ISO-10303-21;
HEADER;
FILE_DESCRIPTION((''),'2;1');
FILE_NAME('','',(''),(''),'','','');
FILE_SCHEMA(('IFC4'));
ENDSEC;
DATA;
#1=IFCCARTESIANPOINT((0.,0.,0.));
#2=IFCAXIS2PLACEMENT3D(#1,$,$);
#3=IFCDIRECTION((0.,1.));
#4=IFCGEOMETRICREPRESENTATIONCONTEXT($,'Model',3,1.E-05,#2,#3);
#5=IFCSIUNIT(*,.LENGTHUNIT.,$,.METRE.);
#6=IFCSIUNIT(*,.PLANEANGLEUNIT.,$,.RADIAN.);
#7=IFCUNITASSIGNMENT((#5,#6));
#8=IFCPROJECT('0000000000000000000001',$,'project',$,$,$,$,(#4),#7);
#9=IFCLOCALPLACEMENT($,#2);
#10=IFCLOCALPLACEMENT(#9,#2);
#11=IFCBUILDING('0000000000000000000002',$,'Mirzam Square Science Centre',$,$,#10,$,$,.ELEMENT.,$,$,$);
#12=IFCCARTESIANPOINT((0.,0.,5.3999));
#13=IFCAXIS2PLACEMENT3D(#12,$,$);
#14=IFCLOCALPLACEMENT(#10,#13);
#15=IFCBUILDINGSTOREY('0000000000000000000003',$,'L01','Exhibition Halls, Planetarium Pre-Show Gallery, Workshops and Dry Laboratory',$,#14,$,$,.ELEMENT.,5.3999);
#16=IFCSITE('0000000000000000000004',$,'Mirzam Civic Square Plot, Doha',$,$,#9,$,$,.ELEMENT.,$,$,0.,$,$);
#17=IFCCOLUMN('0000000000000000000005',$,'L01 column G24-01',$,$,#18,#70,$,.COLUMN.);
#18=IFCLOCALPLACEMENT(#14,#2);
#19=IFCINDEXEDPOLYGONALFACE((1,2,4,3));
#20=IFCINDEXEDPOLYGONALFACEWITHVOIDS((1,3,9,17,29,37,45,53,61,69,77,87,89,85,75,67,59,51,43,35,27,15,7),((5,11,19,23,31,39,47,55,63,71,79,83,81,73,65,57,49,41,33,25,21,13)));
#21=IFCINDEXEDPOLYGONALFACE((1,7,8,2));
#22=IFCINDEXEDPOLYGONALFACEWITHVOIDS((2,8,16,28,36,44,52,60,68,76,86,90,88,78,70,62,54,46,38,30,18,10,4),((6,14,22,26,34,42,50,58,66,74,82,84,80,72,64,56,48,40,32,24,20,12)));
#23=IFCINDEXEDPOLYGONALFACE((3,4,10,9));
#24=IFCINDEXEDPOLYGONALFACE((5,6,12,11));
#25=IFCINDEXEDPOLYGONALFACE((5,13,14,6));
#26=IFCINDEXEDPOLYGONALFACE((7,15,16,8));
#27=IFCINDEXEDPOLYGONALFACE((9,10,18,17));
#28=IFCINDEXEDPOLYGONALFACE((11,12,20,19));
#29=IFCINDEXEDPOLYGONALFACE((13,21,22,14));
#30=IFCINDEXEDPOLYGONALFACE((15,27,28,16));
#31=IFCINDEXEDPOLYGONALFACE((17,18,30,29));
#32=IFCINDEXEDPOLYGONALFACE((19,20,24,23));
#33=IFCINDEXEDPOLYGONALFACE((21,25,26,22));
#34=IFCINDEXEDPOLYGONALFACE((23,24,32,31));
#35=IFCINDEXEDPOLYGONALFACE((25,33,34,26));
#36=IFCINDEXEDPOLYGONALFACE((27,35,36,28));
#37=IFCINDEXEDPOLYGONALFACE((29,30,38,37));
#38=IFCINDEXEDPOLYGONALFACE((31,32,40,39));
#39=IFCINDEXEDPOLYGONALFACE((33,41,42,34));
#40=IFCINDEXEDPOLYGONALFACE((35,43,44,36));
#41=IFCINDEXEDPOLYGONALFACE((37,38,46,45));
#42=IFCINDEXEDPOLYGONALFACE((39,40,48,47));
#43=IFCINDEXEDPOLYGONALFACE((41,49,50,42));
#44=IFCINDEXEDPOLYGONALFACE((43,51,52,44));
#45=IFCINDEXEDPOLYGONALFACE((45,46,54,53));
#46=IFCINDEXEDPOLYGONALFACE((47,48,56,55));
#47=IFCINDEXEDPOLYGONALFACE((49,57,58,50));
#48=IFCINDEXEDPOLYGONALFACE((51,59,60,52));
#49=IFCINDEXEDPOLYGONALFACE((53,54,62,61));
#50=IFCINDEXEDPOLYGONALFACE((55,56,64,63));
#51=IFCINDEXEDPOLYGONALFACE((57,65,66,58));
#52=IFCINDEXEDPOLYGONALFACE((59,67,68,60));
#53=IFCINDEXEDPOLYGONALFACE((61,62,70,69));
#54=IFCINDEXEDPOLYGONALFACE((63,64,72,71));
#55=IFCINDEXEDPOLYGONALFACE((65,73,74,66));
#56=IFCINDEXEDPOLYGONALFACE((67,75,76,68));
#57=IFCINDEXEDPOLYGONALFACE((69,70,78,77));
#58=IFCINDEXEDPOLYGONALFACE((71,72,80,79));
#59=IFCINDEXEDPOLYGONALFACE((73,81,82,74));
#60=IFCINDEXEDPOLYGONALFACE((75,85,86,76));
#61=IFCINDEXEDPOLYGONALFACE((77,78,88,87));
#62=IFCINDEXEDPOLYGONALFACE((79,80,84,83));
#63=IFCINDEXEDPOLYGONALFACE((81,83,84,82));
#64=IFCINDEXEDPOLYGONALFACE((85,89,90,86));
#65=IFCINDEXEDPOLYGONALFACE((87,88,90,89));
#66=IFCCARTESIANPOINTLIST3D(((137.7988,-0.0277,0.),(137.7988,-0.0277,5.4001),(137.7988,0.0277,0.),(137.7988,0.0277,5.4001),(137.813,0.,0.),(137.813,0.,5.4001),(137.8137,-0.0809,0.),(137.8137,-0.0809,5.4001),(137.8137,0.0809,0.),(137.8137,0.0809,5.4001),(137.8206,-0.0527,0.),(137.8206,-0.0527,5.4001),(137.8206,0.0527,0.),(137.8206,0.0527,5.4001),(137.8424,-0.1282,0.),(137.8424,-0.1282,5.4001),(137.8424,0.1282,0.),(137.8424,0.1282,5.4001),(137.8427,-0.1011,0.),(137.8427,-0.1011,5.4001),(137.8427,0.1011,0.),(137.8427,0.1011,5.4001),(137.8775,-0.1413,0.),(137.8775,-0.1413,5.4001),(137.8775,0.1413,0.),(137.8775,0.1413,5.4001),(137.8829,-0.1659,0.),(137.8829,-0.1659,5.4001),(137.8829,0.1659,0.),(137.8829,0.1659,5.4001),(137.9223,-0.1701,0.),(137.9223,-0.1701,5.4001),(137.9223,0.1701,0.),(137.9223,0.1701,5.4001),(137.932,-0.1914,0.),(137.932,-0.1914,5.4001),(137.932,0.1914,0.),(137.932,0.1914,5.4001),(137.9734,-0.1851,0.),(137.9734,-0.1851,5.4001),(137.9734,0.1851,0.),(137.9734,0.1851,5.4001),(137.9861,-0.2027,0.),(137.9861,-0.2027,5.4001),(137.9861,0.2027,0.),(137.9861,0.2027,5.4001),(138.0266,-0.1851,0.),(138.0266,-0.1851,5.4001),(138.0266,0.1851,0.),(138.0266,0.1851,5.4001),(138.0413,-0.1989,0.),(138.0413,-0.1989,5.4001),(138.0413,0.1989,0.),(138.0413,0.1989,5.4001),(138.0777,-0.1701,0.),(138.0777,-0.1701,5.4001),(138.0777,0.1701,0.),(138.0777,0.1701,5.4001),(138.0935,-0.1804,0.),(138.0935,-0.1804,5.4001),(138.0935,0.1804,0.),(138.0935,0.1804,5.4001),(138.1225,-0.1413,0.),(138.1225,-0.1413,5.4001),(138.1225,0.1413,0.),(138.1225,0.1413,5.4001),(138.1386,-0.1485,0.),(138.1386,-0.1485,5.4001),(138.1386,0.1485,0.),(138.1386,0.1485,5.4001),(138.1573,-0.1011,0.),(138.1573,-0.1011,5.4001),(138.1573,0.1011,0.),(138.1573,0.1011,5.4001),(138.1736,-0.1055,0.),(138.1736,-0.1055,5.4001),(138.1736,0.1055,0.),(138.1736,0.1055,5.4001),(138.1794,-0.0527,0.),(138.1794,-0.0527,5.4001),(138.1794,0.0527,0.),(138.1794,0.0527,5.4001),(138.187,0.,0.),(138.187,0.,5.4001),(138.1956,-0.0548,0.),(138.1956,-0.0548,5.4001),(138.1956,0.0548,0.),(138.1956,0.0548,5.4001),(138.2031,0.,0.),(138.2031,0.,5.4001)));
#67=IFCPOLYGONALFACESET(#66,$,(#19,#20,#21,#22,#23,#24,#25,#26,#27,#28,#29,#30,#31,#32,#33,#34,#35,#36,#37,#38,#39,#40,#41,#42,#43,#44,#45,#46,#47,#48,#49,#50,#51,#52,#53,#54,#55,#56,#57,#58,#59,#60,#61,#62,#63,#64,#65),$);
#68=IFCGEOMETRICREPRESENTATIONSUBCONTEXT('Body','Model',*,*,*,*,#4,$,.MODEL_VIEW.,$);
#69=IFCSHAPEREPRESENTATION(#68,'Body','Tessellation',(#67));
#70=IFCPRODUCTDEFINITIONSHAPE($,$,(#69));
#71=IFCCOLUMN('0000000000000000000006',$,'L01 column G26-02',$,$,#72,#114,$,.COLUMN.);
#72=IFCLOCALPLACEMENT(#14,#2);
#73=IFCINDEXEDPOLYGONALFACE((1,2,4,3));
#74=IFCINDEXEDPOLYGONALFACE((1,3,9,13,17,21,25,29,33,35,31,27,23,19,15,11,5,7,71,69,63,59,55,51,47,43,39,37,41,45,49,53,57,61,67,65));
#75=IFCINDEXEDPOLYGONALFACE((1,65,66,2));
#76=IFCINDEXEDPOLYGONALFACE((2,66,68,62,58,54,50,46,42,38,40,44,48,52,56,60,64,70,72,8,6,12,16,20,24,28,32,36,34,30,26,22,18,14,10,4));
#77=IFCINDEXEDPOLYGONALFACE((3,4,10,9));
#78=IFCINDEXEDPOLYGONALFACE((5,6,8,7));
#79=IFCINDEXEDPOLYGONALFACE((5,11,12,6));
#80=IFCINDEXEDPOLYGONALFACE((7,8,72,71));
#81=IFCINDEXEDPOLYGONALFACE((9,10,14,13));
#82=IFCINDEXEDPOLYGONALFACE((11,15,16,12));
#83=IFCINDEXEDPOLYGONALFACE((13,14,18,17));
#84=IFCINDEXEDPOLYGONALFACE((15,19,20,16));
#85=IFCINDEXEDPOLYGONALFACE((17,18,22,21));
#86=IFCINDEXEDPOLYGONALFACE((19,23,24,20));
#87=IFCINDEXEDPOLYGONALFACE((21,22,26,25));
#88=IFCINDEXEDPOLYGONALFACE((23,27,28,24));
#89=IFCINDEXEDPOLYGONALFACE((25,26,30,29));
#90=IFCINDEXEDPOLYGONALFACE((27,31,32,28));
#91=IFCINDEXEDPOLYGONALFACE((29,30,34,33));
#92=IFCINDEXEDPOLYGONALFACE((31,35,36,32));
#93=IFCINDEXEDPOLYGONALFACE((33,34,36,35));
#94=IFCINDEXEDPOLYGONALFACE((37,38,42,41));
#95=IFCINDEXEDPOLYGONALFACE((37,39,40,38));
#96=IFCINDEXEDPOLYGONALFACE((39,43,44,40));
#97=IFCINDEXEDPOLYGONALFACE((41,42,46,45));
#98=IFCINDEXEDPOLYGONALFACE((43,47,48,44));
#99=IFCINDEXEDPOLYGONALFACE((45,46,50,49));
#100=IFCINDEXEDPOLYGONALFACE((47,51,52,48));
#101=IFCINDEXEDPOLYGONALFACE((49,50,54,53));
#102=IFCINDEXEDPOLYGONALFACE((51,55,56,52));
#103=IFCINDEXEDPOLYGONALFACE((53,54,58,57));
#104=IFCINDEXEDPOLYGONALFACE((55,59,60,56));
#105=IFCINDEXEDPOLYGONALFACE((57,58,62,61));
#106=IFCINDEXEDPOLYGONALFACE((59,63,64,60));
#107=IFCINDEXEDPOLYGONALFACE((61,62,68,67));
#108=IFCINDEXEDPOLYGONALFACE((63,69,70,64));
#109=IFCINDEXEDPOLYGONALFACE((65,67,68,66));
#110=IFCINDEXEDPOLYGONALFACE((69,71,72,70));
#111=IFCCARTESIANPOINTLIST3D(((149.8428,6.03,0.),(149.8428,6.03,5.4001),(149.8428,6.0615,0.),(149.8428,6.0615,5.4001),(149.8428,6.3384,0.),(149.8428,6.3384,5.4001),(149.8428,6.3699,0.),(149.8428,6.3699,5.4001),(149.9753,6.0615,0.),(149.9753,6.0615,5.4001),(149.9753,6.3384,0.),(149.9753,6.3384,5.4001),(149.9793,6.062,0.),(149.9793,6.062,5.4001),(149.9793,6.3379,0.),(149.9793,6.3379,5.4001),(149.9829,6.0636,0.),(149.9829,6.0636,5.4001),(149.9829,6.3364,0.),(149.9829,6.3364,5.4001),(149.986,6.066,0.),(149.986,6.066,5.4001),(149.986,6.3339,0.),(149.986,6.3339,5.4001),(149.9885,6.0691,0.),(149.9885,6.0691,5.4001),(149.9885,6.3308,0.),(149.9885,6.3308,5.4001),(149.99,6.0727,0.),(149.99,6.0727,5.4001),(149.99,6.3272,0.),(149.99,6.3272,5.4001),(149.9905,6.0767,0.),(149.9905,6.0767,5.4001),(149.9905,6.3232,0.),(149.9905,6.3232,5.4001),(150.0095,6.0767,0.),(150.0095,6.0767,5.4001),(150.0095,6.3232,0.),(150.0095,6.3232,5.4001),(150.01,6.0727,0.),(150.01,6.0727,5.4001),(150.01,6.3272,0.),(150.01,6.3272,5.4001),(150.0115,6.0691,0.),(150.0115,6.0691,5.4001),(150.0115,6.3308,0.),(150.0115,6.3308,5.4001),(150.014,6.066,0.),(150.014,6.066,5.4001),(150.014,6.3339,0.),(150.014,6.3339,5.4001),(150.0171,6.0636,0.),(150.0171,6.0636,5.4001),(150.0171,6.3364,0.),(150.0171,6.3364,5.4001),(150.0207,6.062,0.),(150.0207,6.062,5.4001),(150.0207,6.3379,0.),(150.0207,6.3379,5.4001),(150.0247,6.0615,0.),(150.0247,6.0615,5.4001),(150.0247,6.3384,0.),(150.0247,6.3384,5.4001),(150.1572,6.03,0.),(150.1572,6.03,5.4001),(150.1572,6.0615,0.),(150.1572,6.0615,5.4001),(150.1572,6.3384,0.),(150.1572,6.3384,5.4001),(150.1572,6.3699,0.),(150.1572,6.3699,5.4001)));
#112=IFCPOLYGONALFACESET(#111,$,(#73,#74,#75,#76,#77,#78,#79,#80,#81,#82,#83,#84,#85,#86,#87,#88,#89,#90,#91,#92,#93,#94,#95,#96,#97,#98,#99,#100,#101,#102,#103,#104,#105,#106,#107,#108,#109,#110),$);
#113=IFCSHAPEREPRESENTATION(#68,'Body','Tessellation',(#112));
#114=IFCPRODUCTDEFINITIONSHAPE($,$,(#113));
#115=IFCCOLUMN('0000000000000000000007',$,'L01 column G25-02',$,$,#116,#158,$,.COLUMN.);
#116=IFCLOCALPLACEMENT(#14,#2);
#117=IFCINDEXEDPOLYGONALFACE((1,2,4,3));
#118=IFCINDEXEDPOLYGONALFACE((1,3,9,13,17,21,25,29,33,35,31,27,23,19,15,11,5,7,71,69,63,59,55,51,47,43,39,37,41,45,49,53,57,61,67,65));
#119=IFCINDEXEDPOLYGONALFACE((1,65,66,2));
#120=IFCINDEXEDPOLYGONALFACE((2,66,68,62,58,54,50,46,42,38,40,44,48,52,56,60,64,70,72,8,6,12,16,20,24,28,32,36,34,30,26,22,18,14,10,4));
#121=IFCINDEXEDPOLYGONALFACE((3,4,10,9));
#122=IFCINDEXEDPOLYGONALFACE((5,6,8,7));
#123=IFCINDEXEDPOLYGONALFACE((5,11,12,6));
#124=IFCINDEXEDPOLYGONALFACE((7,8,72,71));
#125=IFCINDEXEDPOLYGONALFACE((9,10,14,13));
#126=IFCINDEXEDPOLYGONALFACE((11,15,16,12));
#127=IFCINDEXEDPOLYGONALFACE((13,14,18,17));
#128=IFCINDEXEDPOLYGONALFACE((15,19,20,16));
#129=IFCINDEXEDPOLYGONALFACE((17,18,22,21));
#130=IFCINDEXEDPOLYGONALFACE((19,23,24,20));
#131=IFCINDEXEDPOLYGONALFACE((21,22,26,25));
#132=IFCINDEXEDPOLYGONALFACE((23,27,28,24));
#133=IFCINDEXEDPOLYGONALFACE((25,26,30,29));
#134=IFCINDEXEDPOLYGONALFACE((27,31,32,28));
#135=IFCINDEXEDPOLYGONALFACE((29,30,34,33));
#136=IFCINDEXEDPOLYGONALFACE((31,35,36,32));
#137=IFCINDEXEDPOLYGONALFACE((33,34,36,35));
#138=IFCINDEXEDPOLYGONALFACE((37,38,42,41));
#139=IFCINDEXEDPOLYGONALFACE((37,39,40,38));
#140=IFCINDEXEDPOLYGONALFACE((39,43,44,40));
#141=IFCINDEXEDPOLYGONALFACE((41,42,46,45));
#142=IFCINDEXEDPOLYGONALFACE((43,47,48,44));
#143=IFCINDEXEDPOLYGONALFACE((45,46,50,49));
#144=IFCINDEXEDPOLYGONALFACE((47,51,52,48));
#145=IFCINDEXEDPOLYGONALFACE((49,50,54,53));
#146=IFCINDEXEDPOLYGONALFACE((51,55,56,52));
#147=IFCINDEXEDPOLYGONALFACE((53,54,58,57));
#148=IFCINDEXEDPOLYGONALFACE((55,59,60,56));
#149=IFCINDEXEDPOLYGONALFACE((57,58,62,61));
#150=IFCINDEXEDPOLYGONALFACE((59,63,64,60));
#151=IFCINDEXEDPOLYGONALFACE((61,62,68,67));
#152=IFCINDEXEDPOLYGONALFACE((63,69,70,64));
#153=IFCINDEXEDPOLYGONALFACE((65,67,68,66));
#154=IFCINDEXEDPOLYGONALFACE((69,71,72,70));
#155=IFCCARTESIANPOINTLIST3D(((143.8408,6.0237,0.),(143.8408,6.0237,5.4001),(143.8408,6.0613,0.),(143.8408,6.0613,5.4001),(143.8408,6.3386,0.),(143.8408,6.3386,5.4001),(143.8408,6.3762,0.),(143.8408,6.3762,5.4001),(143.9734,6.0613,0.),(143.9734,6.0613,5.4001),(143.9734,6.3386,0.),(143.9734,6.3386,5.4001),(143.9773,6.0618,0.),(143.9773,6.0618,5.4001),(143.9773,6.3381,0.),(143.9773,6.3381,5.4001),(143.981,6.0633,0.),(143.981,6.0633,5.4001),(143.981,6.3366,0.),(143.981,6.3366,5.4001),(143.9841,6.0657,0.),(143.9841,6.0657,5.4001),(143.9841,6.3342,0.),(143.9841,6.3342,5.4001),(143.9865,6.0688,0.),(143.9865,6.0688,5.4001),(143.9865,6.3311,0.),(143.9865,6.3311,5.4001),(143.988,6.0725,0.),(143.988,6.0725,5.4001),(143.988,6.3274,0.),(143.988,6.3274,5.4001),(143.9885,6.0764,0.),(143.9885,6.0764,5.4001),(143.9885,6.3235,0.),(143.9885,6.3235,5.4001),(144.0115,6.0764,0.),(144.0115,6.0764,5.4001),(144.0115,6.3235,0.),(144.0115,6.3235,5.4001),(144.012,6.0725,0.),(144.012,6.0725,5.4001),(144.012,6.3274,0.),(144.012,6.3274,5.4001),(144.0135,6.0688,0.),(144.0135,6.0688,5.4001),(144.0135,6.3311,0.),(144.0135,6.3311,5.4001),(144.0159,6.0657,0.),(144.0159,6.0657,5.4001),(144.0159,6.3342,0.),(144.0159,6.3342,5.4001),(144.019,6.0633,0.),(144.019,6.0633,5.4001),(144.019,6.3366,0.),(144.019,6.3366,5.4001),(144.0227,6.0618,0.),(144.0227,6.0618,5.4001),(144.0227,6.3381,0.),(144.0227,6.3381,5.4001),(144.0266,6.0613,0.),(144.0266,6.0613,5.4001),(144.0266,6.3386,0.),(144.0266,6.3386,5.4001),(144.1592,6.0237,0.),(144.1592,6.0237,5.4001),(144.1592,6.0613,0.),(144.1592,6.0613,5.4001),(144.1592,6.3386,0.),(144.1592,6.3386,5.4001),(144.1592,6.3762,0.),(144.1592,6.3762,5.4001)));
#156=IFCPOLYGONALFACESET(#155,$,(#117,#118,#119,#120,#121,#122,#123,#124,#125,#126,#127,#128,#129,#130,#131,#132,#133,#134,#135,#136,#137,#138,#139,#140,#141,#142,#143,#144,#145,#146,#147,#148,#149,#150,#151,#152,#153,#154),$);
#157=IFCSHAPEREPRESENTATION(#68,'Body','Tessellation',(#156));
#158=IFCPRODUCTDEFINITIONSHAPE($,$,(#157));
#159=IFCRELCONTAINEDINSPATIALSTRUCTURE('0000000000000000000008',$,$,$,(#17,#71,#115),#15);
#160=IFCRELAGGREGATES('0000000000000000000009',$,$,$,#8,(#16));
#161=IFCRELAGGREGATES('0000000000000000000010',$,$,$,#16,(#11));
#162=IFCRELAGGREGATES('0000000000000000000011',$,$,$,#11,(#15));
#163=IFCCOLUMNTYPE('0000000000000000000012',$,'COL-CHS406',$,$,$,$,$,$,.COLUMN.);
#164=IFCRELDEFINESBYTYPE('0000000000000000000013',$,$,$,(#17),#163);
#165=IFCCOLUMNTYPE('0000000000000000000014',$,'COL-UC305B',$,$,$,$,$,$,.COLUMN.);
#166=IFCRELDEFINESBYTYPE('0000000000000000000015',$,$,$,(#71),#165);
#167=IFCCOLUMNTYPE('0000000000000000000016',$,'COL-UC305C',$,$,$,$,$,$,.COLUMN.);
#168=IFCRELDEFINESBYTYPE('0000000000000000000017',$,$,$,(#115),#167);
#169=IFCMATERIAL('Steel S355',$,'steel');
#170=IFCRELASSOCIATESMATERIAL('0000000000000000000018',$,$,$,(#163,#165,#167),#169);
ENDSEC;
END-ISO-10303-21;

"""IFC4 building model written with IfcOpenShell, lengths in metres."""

from ifc_helpers import new_model, si_unit, direction, frame, origin, origin_2d, place, context, subcontext, project, spatial, hollow_circle, i_section, extrude, material, material_profile, profile_set, type_object, element, save


model = new_model("IFC4")

# Units and contexts
model_context = context("Model", 3, precision=1e-05, world=origin(), true_north=direction((0.0, 1.0)))
body_context = subcontext(model_context, "Body", "Model", "MODEL_VIEW")
ifc_project = project(units=[si_unit("LENGTHUNIT", "METRE"), si_unit("PLANEANGLEUNIT", "RADIAN")], contexts=[model_context])

# Site, building, storey
site_placement = place(None, origin())
site = spatial("IfcSite", under=ifc_project, at=site_placement, Name="Mirzam Civic Square Plot, Doha", CompositionType="ELEMENT", RefElevation=0.0)
building_placement = place(site_placement, origin())
building = spatial("IfcBuilding", under=site, at=building_placement, Name="Mirzam Square Science Centre", CompositionType="ELEMENT")
storey_placement = place(building_placement, frame((0.0, 0.0, 5.3999)))
storey = spatial("IfcBuildingStorey", under=building, at=storey_placement, Name="L01", Description="Exhibition Halls, Planetarium Pre-Show Gallery, Workshops and Dry Laboratory", CompositionType="ELEMENT", Elevation=5.3999)

# Columns
ifc_material_1 = material(Name="Steel S355", Category="steel")
ifc_material_profile_1 = material_profile(ifc_material_1, hollow_circle(Radius=0.2031, WallThickness=0.0161, at=origin_2d()), Name="406.4x16.0CHS")
ifc_profile_set_1 = profile_set([ifc_material_profile_1], Name="Steel S355")
column_type_1 = type_object("IfcColumnType", Name="COL-CHS406", PredefinedType="COLUMN", material=ifc_profile_set_1)
column_1_placement = place(storey_placement, frame((138.0, 0.0, 0.0), z_axis=(0.0, 0.0, 1.0), x_axis=(1.0, 0.0, 0.0)))
element("IfcColumn", 1, at=column_1_placement, inside=storey, type_object=column_type_1, Name="L01 column G24-01", PredefinedType="COLUMN", context=body_context, shape_type="SweptSolid", body=[
    extrude(hollow_circle(Radius=0.2031, WallThickness=0.0161, at=origin_2d()), origin(), (0.0, 0.0, 1.0), 5.4001),
])
ifc_material_profile_2 = material_profile(ifc_material_1, i_section(OverallWidth=0.3145, OverallDepth=0.3398, WebThickness=0.019, FlangeThickness=0.0315, FilletRadius=0.0151, at=origin_2d()), Name="305x305x198UC")
ifc_profile_set_2 = profile_set([ifc_material_profile_2], Name="Steel S355")
column_type_2 = type_object("IfcColumnType", Name="COL-UC305B", PredefinedType="COLUMN", material=ifc_profile_set_2)
column_2_placement = place(storey_placement, frame((150.0, 6.2, 0.0), z_axis=(0.0, 0.0, 1.0), x_axis=(1.0, 0.0, 0.0)))
element("IfcColumn", 2, at=column_2_placement, inside=storey, type_object=column_type_2, Name="L01 column G26-02", PredefinedType="COLUMN", context=body_context, shape_type="SweptSolid", body=[
    extrude(i_section(OverallWidth=0.3145, OverallDepth=0.3398, WebThickness=0.019, FlangeThickness=0.0315, FilletRadius=0.0151, at=origin_2d()), origin(), (0.0, 0.0, 1.0), 5.4001),
])
ifc_material_profile_3 = material_profile(ifc_material_1, i_section(OverallWidth=0.3184, OverallDepth=0.3525, WebThickness=0.0229, FlangeThickness=0.0376, FilletRadius=0.0151, at=origin_2d()), Name="305x305x240UC")
ifc_profile_set_3 = profile_set([ifc_material_profile_3], Name="Steel S355")
column_type_3 = type_object("IfcColumnType", Name="COL-UC305C", PredefinedType="COLUMN", material=ifc_profile_set_3)
for number, where, z_axis, x_axis, name in (
    (3, (144.0, 6.2, 0.0), (0.0, 0.0, 1.0), (1.0, 0.0, 0.0), "L01 column G25-02"),
):
    element("IfcColumn", number, at=place(storey_placement, frame(where, z_axis=z_axis, x_axis=x_axis)), inside=storey, type_object=column_type_3, Name=name, PredefinedType="COLUMN", context=body_context, shape_type="SweptSolid", body=[
        extrude(i_section(OverallWidth=0.3184, OverallDepth=0.3525, WebThickness=0.0229, FlangeThickness=0.0376, FilletRadius=0.0151, at=origin_2d()), origin(), (0.0, 0.0, 1.0), 5.4001),
    ])

save(model, "model.ifc")
